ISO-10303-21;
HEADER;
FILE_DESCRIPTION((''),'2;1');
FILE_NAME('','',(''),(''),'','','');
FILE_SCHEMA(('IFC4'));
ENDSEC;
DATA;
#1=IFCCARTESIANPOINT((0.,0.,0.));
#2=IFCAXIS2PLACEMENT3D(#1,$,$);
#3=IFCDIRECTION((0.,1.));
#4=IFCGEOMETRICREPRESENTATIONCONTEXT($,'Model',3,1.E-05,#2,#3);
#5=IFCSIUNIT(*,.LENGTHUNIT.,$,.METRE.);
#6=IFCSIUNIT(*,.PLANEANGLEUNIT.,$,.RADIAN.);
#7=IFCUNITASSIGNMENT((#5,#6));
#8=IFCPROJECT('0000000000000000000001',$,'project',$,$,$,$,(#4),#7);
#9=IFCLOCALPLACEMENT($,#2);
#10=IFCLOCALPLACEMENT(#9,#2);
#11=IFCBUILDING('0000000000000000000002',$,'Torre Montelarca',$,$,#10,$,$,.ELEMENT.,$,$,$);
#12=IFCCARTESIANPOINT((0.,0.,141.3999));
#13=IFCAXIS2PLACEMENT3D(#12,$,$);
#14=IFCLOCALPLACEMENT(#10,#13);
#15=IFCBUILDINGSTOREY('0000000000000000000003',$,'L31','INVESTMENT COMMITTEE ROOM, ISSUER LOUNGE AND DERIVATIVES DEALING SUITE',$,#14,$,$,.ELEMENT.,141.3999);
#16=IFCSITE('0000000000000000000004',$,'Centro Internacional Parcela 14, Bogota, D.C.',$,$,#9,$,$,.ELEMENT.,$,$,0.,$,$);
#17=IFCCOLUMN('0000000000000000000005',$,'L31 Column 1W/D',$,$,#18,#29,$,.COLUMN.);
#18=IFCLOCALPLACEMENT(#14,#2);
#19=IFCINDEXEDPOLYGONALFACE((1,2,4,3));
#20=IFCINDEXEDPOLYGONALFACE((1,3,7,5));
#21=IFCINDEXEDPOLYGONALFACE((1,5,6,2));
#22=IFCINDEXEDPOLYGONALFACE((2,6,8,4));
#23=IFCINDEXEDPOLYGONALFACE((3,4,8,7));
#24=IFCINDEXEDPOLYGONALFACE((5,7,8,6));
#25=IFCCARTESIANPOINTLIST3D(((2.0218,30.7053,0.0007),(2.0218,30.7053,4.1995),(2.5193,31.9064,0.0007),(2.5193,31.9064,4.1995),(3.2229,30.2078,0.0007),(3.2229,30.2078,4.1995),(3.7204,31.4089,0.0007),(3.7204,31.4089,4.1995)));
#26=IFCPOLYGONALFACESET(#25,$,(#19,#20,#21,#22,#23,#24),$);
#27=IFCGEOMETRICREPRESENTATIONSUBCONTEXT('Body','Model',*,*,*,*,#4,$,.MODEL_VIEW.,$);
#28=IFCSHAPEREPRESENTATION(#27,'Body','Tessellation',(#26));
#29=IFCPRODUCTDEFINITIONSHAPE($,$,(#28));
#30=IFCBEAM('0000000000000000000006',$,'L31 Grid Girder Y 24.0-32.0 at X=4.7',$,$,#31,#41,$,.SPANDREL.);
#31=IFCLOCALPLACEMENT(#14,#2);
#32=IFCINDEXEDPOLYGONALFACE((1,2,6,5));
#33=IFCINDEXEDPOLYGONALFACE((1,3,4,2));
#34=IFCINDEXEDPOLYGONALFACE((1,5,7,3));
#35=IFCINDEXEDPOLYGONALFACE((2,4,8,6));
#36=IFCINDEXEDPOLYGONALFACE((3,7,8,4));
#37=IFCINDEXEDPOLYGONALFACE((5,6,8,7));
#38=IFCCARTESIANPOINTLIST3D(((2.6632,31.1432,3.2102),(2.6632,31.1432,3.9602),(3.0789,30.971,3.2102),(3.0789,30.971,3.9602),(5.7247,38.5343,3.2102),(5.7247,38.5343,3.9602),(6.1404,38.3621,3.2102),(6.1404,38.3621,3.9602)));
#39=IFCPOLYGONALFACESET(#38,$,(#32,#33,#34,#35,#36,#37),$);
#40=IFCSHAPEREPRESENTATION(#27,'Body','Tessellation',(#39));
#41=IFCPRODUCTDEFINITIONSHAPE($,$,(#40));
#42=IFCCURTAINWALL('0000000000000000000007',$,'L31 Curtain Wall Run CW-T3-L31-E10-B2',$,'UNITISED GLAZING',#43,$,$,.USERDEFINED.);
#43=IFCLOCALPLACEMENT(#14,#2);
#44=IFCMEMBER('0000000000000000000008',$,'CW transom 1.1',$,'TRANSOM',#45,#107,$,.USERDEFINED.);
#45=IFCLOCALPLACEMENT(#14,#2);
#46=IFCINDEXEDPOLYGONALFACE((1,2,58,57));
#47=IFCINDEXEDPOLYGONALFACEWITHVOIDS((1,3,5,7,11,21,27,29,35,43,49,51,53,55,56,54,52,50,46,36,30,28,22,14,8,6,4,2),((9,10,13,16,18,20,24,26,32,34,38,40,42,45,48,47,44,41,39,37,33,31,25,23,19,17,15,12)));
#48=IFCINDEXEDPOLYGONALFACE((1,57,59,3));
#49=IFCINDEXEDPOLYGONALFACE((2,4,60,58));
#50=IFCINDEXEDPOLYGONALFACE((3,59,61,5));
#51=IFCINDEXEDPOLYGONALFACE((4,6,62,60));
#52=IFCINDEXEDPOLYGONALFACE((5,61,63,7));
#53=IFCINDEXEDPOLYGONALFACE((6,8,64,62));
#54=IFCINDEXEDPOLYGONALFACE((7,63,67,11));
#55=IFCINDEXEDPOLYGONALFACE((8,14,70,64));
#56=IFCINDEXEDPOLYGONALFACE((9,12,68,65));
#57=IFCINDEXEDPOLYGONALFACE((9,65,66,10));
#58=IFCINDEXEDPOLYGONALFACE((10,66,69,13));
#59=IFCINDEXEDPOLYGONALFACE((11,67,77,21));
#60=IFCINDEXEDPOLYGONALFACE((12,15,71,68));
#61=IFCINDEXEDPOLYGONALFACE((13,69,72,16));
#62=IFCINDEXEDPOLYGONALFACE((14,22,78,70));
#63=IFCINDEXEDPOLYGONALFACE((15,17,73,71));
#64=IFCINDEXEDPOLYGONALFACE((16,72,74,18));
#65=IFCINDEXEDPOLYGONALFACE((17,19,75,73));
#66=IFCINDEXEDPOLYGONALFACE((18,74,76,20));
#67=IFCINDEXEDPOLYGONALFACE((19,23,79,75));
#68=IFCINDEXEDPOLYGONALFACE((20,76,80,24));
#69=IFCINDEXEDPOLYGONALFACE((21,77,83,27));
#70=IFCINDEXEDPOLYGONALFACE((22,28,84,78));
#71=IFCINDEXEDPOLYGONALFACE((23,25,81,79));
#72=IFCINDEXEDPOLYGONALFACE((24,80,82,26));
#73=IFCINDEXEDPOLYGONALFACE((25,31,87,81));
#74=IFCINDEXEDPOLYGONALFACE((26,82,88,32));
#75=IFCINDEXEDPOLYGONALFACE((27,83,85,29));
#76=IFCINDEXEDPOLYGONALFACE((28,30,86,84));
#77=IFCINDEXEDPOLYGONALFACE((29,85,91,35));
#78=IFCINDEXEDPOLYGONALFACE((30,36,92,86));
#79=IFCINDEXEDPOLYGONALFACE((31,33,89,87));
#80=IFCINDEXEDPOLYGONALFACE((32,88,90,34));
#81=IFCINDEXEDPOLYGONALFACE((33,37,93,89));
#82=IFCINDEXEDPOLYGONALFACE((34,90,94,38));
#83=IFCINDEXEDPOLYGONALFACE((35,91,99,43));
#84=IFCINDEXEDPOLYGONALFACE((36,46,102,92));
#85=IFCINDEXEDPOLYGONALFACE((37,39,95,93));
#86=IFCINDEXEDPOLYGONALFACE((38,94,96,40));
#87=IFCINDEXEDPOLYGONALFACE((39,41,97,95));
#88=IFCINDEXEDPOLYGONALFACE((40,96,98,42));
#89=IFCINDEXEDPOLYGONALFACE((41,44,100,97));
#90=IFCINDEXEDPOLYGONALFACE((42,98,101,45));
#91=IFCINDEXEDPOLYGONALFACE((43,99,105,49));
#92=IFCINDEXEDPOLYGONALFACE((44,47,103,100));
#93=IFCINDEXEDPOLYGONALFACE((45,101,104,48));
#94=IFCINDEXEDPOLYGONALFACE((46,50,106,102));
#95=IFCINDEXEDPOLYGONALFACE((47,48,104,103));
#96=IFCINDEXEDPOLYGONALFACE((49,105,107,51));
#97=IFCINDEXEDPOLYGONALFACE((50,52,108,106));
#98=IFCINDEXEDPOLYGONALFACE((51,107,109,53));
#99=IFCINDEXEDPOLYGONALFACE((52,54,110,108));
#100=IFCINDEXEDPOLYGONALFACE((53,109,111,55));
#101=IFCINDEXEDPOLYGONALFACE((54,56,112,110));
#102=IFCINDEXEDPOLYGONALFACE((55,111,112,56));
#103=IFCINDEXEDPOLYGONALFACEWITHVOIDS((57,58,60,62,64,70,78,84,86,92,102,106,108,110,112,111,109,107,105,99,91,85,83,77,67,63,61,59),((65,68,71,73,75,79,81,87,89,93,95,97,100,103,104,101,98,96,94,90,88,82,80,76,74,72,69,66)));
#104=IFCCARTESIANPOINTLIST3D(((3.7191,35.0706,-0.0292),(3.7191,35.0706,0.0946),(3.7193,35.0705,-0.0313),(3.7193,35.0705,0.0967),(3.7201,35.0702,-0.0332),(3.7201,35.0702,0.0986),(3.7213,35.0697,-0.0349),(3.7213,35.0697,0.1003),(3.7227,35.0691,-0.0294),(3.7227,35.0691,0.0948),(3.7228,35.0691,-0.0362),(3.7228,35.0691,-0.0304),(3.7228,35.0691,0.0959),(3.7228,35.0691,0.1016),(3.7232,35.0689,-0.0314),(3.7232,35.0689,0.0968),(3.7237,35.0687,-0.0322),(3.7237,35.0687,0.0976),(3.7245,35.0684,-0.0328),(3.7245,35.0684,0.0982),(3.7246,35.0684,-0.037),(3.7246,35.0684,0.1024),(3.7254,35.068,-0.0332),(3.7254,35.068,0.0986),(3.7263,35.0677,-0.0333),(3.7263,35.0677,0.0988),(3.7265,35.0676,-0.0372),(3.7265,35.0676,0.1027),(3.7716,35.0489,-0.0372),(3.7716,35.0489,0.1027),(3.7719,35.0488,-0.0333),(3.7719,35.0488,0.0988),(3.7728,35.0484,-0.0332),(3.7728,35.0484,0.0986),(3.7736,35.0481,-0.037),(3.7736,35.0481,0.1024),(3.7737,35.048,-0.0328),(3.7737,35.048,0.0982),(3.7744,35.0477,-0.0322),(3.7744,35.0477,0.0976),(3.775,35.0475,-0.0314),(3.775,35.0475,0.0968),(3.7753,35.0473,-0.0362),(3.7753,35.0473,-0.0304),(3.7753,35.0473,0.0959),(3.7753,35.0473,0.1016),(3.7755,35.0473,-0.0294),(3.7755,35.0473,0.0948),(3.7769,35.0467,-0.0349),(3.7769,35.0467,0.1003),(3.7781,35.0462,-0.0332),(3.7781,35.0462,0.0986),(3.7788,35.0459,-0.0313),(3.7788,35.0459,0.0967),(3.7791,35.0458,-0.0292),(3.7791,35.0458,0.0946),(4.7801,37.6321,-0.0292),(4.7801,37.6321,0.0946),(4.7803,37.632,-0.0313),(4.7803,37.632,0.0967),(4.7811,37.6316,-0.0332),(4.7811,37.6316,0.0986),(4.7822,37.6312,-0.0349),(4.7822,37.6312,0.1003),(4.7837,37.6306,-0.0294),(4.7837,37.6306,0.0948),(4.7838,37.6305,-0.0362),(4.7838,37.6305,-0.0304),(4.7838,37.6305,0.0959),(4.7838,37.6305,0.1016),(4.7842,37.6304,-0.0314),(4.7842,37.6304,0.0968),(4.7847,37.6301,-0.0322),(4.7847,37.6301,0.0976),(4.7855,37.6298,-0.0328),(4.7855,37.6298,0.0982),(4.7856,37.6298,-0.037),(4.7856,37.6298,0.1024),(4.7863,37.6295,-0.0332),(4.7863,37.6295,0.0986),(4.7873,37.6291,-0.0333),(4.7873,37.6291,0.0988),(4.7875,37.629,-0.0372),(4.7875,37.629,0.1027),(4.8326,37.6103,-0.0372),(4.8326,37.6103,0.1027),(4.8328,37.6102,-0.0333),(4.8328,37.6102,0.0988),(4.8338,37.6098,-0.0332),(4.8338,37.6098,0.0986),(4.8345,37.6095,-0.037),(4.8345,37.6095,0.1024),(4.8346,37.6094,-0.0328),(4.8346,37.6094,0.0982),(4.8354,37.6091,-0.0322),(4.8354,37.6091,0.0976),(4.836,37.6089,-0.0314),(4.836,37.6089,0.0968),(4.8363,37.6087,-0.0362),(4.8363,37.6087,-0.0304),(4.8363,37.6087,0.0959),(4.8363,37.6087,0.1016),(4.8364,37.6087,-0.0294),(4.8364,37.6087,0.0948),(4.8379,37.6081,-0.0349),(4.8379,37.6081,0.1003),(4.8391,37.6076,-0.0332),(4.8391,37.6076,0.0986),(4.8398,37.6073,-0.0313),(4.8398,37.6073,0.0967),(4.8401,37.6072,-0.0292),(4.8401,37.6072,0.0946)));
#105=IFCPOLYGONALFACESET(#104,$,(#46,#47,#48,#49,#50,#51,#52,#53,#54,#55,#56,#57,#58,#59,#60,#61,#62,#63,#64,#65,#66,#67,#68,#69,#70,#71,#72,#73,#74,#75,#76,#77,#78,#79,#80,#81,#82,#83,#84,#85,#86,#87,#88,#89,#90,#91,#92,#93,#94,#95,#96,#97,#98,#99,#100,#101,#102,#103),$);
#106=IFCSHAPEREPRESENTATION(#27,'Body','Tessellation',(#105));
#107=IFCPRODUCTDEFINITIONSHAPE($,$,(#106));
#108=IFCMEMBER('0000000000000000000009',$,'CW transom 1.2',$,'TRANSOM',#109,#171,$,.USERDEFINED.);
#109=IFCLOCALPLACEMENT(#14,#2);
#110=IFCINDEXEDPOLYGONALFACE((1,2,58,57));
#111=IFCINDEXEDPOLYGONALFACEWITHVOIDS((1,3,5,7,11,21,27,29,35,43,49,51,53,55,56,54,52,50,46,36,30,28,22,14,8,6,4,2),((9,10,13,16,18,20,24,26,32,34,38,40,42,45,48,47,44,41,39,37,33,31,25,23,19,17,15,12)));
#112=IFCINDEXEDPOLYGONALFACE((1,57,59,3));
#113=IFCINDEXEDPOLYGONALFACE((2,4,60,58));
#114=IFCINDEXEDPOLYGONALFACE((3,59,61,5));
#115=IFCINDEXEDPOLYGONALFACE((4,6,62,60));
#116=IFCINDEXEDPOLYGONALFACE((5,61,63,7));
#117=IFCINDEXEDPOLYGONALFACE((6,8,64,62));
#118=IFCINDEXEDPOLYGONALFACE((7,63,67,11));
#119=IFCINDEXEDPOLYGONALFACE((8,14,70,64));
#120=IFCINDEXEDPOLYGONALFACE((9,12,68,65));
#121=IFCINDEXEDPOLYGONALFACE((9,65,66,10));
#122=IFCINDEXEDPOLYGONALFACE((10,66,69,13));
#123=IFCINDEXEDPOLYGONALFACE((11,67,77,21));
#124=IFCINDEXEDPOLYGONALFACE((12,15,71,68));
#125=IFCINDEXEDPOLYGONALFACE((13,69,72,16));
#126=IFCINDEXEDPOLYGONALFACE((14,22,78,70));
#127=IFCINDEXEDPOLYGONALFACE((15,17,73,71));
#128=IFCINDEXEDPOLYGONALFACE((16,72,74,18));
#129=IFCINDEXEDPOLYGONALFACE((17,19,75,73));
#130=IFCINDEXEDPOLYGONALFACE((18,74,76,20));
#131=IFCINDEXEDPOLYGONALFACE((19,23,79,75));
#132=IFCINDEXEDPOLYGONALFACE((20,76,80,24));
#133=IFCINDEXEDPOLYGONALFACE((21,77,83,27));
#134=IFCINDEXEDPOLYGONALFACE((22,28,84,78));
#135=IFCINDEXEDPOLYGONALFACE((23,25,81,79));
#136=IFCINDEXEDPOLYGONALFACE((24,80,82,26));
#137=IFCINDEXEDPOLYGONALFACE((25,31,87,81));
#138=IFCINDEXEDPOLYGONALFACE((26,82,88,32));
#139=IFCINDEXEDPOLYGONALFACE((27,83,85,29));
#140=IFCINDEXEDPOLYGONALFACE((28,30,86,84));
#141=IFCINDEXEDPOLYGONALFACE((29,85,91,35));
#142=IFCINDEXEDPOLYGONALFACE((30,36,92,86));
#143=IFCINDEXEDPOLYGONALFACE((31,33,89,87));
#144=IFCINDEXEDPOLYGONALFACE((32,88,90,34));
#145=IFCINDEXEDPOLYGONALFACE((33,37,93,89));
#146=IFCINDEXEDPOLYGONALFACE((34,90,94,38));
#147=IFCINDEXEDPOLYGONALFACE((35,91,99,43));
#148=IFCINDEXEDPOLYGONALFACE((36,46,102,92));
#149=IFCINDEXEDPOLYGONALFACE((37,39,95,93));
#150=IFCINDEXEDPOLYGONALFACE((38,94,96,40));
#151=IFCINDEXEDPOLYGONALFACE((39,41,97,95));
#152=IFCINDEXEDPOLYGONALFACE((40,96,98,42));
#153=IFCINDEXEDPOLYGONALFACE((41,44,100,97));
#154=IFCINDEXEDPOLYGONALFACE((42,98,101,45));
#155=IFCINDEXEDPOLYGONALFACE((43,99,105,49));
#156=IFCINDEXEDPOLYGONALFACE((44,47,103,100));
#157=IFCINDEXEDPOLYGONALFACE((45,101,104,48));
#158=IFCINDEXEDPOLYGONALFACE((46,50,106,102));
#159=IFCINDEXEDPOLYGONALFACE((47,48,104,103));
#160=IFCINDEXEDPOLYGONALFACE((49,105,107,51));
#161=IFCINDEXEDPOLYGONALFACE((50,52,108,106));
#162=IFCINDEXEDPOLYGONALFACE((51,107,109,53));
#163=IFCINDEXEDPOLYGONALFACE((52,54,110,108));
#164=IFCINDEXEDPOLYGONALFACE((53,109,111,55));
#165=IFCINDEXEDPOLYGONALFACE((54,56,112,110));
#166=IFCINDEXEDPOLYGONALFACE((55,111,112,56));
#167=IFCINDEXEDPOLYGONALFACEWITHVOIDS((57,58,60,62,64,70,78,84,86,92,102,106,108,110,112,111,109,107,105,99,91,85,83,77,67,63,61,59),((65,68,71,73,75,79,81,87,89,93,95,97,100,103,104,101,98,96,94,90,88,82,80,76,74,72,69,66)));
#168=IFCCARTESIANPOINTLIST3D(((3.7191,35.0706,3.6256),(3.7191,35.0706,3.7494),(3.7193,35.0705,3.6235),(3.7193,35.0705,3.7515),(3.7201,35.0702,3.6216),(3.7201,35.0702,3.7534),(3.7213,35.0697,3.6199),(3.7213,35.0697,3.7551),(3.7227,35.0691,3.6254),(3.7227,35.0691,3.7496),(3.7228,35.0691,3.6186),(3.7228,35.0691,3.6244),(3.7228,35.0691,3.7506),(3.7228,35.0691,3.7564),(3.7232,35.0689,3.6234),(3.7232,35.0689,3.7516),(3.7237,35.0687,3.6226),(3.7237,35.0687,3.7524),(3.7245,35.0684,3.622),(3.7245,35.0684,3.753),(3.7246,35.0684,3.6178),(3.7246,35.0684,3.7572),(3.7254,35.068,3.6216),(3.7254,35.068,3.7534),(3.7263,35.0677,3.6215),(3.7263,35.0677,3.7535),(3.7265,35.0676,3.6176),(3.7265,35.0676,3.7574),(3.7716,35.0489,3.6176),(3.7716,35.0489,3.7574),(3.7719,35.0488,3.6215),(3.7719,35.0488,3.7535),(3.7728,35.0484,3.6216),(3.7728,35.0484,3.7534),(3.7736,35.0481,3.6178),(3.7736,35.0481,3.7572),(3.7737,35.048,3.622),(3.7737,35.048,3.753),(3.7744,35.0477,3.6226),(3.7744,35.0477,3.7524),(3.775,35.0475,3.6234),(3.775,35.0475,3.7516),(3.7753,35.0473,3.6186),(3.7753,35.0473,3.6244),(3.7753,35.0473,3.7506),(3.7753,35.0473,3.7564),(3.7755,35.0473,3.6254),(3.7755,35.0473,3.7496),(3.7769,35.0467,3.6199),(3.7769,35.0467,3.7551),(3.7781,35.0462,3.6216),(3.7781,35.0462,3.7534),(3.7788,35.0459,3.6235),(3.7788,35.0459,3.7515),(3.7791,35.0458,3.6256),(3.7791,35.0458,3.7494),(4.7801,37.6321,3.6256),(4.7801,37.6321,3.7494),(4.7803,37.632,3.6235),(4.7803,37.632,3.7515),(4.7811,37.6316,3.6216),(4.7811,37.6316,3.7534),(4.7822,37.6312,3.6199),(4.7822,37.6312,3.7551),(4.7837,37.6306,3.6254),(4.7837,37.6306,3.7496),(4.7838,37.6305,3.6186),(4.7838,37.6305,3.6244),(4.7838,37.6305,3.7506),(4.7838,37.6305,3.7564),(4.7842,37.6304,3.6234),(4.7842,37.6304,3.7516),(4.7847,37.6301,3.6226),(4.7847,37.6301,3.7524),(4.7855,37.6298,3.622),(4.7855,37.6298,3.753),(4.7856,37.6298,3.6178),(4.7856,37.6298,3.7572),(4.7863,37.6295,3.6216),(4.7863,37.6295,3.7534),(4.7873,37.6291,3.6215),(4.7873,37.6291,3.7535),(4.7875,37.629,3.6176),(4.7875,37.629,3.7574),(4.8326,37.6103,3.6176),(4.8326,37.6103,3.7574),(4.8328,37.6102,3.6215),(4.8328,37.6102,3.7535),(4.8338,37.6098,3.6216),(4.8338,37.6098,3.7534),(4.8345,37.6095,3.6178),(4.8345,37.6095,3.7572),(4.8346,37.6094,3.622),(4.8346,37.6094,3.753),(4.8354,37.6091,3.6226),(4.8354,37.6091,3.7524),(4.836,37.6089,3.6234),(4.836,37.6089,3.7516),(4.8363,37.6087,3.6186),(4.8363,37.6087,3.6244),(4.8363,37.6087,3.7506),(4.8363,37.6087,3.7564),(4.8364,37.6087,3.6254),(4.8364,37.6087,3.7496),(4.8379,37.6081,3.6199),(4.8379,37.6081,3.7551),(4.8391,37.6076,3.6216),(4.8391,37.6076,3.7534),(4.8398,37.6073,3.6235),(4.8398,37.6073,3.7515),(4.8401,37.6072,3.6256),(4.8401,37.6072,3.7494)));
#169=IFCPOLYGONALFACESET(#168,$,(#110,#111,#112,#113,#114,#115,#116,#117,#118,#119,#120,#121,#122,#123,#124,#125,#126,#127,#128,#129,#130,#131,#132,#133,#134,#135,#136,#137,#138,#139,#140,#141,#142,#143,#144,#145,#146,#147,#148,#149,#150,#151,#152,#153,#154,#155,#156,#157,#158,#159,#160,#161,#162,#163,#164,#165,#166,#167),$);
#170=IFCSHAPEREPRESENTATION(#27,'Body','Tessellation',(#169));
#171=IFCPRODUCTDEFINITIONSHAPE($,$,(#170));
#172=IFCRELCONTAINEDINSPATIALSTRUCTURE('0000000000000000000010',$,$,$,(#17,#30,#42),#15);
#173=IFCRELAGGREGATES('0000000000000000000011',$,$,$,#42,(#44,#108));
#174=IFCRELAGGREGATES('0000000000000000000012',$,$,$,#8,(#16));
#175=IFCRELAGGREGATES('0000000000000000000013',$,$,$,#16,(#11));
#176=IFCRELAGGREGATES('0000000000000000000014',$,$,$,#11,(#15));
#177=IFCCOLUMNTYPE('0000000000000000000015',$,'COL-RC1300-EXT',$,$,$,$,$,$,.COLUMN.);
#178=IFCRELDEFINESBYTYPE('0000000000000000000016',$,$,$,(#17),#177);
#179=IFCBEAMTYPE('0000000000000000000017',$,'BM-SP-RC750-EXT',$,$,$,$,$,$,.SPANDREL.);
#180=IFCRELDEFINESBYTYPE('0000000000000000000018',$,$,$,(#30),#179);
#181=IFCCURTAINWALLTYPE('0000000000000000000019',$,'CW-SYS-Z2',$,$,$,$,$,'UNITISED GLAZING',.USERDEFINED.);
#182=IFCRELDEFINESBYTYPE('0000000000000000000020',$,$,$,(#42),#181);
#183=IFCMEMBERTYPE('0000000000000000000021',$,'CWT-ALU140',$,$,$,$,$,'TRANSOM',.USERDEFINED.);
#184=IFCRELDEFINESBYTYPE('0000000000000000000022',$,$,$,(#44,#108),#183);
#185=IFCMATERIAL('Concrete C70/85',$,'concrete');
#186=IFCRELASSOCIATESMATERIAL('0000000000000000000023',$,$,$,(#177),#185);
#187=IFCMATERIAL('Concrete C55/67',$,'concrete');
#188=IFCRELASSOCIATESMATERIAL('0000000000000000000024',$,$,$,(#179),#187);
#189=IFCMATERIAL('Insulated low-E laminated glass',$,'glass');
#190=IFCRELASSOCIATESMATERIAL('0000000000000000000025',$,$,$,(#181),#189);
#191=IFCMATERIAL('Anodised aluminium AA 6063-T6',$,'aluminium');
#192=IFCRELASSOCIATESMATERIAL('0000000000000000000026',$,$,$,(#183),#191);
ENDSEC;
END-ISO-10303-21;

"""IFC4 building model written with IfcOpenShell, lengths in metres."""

from ifc_helpers import new_model, si_unit, direction, frame, origin, origin_2d, place, context, subcontext, project, spatial, rectangle, hollow_rectangle, extrude, source, transform, mapped, material, material_profile, profile_set, type_object, element, aggregate, save


model = new_model("IFC4")

# Units and contexts
model_context = context("Model", 3, precision=1e-05, world=origin(), true_north=direction((0.0, 1.0)))
body_context = subcontext(model_context, "Body", "Model", "MODEL_VIEW")
ifc_project = project(units=[si_unit("LENGTHUNIT", "METRE"), si_unit("PLANEANGLEUNIT", "RADIAN")], contexts=[model_context])

# Site, building, storey
site_placement = place(None, origin())
site = spatial("IfcSite", under=ifc_project, at=site_placement, Name="Centro Internacional Parcela 14, Bogota, D.C.", CompositionType="ELEMENT", RefElevation=0.0)
building_placement = place(site_placement, origin())
building = spatial("IfcBuilding", under=site, at=building_placement, Name="Torre Montelarca", CompositionType="ELEMENT")
storey_placement = place(building_placement, frame((0.0, 0.0, 141.3999)))
storey = spatial("IfcBuildingStorey", under=building, at=storey_placement, Name="L31", Description="INVESTMENT COMMITTEE ROOM, ISSUER LOUNGE AND DERIVATIVES DEALING SUITE", CompositionType="ELEMENT", Elevation=141.3999)

# Column
ifc_material_1 = material(Name="Concrete C70/85", Category="concrete")
ifc_material_profile_1 = material_profile(ifc_material_1, rectangle(XDim=1.3, YDim=1.3, at=origin_2d()), Name="RC1300X1300", Category="concrete")
ifc_profile_set_1 = profile_set([ifc_material_profile_1], Name="Concrete C70/85")
column_type = type_object("IfcColumnType", Name="COL-RC1300-EXT", PredefinedType="COLUMN", material=ifc_profile_set_1)
shared_shape_1 = source(origin(), body_context, "Body", "SweptSolid", [
    extrude(rectangle(XDim=1.3, YDim=1.3, at=origin_2d()), origin(), (0.0, 0.0, 1.0), 4.1987),
])
column_placement = place(storey_placement, frame((2.8711, 31.0571, 0.0007), z_axis=(0.0, 0.0, 1.0), x_axis=(-0.92388, 0.382683, 0.0)))
element("IfcColumn", 1, at=column_placement, inside=storey, type_object=column_type, Name="L31 Column 1W/D", PredefinedType="COLUMN", context=body_context, shape_type="MappedRepresentation", body=[
    mapped(shared_shape_1, transform((0.0, 0.0, 0.0), scale=1.0)),
])

# Beam
ifc_material_2 = material(Name="Concrete C55/67", Category="concrete")
ifc_material_profile_2 = material_profile(ifc_material_2, rectangle(XDim=0.45, YDim=0.75, at=origin_2d()), Name="RCB450X750", Category="concrete")
ifc_profile_set_2 = profile_set([ifc_material_profile_2], Name="Concrete C55/67")
beam_type = type_object("IfcBeamType", Name="BM-SP-RC750-EXT", PredefinedType="SPANDREL", material=ifc_profile_set_2)
shared_shape_2 = source(origin(), body_context, "Body", "SweptSolid", [
    extrude(rectangle(XDim=0.45, YDim=0.75, at=origin_2d()), origin(), (0.0, 0.0, 1.0), 8.0),
])
beam_placement = place(storey_placement, frame((2.8711, 31.0571, 3.5852), z_axis=(0.382686, 0.923878, 0.0), x_axis=(-0.923878, 0.382686, 0.0)))
element("IfcBeam", 2, at=beam_placement, inside=storey, type_object=beam_type, Name="L31 Grid Girder Y 24.0-32.0 at X=4.7", PredefinedType="SPANDREL", context=body_context, shape_type="MappedRepresentation", body=[
    mapped(shared_shape_2, transform((0.0, 0.0, 0.0), scale=1.0)),
])

# Curtain wall, members
ifc_material_3 = material(Name="Insulated low-E laminated glass", Category="glass")
curtain_wall_type = type_object("IfcCurtainWallType", Name="CW-SYS-Z2", ElementType="UNITISED GLAZING", PredefinedType="USERDEFINED", material=ifc_material_3)
curtain_wall_1_placement = place(storey_placement, origin())
curtain_wall_1 = element("IfcCurtainWall", 3, at=curtain_wall_1_placement, inside=storey, type_object=curtain_wall_type, Name="L31 Curtain Wall Run CW-T3-L31-E10-B2", ObjectType="UNITISED GLAZING", PredefinedType="USERDEFINED")
ifc_material_4 = material(Name="Anodised aluminium AA 6063-T6", Category="aluminium")
ifc_material_profile_3 = material_profile(ifc_material_4, hollow_rectangle(XDim=0.0649, YDim=0.1399, WallThickness=0.0039, InnerFilletRadius=0.0039, OuterFilletRadius=0.0081, at=origin_2d()), Name="ALU65X140X4", Category="aluminium")
ifc_profile_set_3 = profile_set([ifc_material_profile_3], Name="Anodised aluminium AA 6063-T6")
member_type_1 = type_object("IfcMemberType", Name="CWT-ALU140", ElementType="TRANSOM", PredefinedType="USERDEFINED", material=ifc_profile_set_3)
shared_shape_3 = source(origin(), body_context, "Body", "SweptSolid", [
    extrude(hollow_rectangle(XDim=0.0649, YDim=0.1399, WallThickness=0.0039, InnerFilletRadius=0.0039, OuterFilletRadius=0.0081, at=origin_2d()), origin(), (0.0, 0.0, 1.0), 2.7725),
])
member_1_placement = place(storey_placement, frame((4.8101, 37.6196, 0.0327), z_axis=(-0.382689, -0.923877, 0.0), x_axis=(0.923877, -0.382689, 0.0)))
member_1 = element("IfcMember", 4, at=member_1_placement, type_object=member_type_1, Name="CW transom 1.1", ObjectType="TRANSOM", PredefinedType="USERDEFINED", context=body_context, shape_type="MappedRepresentation", body=[
    mapped(shared_shape_3, transform((0.0, 0.0, 0.0), scale=1.0)),
])
member_2_placement = place(storey_placement, frame((4.8101, 37.6196, 3.6875), z_axis=(-0.382689, -0.923877, 0.0), x_axis=(0.923877, -0.382689, 0.0)))
member_2 = element("IfcMember", 5, at=member_2_placement, type_object=member_type_1, Name="CW transom 1.2", ObjectType="TRANSOM", PredefinedType="USERDEFINED", context=body_context, shape_type="MappedRepresentation", body=[
    mapped(shared_shape_3, transform((0.0, 0.0, 0.0), scale=1.0)),
])

aggregate(curtain_wall_1, [member_1, member_2])

save(model, "model.ifc")
